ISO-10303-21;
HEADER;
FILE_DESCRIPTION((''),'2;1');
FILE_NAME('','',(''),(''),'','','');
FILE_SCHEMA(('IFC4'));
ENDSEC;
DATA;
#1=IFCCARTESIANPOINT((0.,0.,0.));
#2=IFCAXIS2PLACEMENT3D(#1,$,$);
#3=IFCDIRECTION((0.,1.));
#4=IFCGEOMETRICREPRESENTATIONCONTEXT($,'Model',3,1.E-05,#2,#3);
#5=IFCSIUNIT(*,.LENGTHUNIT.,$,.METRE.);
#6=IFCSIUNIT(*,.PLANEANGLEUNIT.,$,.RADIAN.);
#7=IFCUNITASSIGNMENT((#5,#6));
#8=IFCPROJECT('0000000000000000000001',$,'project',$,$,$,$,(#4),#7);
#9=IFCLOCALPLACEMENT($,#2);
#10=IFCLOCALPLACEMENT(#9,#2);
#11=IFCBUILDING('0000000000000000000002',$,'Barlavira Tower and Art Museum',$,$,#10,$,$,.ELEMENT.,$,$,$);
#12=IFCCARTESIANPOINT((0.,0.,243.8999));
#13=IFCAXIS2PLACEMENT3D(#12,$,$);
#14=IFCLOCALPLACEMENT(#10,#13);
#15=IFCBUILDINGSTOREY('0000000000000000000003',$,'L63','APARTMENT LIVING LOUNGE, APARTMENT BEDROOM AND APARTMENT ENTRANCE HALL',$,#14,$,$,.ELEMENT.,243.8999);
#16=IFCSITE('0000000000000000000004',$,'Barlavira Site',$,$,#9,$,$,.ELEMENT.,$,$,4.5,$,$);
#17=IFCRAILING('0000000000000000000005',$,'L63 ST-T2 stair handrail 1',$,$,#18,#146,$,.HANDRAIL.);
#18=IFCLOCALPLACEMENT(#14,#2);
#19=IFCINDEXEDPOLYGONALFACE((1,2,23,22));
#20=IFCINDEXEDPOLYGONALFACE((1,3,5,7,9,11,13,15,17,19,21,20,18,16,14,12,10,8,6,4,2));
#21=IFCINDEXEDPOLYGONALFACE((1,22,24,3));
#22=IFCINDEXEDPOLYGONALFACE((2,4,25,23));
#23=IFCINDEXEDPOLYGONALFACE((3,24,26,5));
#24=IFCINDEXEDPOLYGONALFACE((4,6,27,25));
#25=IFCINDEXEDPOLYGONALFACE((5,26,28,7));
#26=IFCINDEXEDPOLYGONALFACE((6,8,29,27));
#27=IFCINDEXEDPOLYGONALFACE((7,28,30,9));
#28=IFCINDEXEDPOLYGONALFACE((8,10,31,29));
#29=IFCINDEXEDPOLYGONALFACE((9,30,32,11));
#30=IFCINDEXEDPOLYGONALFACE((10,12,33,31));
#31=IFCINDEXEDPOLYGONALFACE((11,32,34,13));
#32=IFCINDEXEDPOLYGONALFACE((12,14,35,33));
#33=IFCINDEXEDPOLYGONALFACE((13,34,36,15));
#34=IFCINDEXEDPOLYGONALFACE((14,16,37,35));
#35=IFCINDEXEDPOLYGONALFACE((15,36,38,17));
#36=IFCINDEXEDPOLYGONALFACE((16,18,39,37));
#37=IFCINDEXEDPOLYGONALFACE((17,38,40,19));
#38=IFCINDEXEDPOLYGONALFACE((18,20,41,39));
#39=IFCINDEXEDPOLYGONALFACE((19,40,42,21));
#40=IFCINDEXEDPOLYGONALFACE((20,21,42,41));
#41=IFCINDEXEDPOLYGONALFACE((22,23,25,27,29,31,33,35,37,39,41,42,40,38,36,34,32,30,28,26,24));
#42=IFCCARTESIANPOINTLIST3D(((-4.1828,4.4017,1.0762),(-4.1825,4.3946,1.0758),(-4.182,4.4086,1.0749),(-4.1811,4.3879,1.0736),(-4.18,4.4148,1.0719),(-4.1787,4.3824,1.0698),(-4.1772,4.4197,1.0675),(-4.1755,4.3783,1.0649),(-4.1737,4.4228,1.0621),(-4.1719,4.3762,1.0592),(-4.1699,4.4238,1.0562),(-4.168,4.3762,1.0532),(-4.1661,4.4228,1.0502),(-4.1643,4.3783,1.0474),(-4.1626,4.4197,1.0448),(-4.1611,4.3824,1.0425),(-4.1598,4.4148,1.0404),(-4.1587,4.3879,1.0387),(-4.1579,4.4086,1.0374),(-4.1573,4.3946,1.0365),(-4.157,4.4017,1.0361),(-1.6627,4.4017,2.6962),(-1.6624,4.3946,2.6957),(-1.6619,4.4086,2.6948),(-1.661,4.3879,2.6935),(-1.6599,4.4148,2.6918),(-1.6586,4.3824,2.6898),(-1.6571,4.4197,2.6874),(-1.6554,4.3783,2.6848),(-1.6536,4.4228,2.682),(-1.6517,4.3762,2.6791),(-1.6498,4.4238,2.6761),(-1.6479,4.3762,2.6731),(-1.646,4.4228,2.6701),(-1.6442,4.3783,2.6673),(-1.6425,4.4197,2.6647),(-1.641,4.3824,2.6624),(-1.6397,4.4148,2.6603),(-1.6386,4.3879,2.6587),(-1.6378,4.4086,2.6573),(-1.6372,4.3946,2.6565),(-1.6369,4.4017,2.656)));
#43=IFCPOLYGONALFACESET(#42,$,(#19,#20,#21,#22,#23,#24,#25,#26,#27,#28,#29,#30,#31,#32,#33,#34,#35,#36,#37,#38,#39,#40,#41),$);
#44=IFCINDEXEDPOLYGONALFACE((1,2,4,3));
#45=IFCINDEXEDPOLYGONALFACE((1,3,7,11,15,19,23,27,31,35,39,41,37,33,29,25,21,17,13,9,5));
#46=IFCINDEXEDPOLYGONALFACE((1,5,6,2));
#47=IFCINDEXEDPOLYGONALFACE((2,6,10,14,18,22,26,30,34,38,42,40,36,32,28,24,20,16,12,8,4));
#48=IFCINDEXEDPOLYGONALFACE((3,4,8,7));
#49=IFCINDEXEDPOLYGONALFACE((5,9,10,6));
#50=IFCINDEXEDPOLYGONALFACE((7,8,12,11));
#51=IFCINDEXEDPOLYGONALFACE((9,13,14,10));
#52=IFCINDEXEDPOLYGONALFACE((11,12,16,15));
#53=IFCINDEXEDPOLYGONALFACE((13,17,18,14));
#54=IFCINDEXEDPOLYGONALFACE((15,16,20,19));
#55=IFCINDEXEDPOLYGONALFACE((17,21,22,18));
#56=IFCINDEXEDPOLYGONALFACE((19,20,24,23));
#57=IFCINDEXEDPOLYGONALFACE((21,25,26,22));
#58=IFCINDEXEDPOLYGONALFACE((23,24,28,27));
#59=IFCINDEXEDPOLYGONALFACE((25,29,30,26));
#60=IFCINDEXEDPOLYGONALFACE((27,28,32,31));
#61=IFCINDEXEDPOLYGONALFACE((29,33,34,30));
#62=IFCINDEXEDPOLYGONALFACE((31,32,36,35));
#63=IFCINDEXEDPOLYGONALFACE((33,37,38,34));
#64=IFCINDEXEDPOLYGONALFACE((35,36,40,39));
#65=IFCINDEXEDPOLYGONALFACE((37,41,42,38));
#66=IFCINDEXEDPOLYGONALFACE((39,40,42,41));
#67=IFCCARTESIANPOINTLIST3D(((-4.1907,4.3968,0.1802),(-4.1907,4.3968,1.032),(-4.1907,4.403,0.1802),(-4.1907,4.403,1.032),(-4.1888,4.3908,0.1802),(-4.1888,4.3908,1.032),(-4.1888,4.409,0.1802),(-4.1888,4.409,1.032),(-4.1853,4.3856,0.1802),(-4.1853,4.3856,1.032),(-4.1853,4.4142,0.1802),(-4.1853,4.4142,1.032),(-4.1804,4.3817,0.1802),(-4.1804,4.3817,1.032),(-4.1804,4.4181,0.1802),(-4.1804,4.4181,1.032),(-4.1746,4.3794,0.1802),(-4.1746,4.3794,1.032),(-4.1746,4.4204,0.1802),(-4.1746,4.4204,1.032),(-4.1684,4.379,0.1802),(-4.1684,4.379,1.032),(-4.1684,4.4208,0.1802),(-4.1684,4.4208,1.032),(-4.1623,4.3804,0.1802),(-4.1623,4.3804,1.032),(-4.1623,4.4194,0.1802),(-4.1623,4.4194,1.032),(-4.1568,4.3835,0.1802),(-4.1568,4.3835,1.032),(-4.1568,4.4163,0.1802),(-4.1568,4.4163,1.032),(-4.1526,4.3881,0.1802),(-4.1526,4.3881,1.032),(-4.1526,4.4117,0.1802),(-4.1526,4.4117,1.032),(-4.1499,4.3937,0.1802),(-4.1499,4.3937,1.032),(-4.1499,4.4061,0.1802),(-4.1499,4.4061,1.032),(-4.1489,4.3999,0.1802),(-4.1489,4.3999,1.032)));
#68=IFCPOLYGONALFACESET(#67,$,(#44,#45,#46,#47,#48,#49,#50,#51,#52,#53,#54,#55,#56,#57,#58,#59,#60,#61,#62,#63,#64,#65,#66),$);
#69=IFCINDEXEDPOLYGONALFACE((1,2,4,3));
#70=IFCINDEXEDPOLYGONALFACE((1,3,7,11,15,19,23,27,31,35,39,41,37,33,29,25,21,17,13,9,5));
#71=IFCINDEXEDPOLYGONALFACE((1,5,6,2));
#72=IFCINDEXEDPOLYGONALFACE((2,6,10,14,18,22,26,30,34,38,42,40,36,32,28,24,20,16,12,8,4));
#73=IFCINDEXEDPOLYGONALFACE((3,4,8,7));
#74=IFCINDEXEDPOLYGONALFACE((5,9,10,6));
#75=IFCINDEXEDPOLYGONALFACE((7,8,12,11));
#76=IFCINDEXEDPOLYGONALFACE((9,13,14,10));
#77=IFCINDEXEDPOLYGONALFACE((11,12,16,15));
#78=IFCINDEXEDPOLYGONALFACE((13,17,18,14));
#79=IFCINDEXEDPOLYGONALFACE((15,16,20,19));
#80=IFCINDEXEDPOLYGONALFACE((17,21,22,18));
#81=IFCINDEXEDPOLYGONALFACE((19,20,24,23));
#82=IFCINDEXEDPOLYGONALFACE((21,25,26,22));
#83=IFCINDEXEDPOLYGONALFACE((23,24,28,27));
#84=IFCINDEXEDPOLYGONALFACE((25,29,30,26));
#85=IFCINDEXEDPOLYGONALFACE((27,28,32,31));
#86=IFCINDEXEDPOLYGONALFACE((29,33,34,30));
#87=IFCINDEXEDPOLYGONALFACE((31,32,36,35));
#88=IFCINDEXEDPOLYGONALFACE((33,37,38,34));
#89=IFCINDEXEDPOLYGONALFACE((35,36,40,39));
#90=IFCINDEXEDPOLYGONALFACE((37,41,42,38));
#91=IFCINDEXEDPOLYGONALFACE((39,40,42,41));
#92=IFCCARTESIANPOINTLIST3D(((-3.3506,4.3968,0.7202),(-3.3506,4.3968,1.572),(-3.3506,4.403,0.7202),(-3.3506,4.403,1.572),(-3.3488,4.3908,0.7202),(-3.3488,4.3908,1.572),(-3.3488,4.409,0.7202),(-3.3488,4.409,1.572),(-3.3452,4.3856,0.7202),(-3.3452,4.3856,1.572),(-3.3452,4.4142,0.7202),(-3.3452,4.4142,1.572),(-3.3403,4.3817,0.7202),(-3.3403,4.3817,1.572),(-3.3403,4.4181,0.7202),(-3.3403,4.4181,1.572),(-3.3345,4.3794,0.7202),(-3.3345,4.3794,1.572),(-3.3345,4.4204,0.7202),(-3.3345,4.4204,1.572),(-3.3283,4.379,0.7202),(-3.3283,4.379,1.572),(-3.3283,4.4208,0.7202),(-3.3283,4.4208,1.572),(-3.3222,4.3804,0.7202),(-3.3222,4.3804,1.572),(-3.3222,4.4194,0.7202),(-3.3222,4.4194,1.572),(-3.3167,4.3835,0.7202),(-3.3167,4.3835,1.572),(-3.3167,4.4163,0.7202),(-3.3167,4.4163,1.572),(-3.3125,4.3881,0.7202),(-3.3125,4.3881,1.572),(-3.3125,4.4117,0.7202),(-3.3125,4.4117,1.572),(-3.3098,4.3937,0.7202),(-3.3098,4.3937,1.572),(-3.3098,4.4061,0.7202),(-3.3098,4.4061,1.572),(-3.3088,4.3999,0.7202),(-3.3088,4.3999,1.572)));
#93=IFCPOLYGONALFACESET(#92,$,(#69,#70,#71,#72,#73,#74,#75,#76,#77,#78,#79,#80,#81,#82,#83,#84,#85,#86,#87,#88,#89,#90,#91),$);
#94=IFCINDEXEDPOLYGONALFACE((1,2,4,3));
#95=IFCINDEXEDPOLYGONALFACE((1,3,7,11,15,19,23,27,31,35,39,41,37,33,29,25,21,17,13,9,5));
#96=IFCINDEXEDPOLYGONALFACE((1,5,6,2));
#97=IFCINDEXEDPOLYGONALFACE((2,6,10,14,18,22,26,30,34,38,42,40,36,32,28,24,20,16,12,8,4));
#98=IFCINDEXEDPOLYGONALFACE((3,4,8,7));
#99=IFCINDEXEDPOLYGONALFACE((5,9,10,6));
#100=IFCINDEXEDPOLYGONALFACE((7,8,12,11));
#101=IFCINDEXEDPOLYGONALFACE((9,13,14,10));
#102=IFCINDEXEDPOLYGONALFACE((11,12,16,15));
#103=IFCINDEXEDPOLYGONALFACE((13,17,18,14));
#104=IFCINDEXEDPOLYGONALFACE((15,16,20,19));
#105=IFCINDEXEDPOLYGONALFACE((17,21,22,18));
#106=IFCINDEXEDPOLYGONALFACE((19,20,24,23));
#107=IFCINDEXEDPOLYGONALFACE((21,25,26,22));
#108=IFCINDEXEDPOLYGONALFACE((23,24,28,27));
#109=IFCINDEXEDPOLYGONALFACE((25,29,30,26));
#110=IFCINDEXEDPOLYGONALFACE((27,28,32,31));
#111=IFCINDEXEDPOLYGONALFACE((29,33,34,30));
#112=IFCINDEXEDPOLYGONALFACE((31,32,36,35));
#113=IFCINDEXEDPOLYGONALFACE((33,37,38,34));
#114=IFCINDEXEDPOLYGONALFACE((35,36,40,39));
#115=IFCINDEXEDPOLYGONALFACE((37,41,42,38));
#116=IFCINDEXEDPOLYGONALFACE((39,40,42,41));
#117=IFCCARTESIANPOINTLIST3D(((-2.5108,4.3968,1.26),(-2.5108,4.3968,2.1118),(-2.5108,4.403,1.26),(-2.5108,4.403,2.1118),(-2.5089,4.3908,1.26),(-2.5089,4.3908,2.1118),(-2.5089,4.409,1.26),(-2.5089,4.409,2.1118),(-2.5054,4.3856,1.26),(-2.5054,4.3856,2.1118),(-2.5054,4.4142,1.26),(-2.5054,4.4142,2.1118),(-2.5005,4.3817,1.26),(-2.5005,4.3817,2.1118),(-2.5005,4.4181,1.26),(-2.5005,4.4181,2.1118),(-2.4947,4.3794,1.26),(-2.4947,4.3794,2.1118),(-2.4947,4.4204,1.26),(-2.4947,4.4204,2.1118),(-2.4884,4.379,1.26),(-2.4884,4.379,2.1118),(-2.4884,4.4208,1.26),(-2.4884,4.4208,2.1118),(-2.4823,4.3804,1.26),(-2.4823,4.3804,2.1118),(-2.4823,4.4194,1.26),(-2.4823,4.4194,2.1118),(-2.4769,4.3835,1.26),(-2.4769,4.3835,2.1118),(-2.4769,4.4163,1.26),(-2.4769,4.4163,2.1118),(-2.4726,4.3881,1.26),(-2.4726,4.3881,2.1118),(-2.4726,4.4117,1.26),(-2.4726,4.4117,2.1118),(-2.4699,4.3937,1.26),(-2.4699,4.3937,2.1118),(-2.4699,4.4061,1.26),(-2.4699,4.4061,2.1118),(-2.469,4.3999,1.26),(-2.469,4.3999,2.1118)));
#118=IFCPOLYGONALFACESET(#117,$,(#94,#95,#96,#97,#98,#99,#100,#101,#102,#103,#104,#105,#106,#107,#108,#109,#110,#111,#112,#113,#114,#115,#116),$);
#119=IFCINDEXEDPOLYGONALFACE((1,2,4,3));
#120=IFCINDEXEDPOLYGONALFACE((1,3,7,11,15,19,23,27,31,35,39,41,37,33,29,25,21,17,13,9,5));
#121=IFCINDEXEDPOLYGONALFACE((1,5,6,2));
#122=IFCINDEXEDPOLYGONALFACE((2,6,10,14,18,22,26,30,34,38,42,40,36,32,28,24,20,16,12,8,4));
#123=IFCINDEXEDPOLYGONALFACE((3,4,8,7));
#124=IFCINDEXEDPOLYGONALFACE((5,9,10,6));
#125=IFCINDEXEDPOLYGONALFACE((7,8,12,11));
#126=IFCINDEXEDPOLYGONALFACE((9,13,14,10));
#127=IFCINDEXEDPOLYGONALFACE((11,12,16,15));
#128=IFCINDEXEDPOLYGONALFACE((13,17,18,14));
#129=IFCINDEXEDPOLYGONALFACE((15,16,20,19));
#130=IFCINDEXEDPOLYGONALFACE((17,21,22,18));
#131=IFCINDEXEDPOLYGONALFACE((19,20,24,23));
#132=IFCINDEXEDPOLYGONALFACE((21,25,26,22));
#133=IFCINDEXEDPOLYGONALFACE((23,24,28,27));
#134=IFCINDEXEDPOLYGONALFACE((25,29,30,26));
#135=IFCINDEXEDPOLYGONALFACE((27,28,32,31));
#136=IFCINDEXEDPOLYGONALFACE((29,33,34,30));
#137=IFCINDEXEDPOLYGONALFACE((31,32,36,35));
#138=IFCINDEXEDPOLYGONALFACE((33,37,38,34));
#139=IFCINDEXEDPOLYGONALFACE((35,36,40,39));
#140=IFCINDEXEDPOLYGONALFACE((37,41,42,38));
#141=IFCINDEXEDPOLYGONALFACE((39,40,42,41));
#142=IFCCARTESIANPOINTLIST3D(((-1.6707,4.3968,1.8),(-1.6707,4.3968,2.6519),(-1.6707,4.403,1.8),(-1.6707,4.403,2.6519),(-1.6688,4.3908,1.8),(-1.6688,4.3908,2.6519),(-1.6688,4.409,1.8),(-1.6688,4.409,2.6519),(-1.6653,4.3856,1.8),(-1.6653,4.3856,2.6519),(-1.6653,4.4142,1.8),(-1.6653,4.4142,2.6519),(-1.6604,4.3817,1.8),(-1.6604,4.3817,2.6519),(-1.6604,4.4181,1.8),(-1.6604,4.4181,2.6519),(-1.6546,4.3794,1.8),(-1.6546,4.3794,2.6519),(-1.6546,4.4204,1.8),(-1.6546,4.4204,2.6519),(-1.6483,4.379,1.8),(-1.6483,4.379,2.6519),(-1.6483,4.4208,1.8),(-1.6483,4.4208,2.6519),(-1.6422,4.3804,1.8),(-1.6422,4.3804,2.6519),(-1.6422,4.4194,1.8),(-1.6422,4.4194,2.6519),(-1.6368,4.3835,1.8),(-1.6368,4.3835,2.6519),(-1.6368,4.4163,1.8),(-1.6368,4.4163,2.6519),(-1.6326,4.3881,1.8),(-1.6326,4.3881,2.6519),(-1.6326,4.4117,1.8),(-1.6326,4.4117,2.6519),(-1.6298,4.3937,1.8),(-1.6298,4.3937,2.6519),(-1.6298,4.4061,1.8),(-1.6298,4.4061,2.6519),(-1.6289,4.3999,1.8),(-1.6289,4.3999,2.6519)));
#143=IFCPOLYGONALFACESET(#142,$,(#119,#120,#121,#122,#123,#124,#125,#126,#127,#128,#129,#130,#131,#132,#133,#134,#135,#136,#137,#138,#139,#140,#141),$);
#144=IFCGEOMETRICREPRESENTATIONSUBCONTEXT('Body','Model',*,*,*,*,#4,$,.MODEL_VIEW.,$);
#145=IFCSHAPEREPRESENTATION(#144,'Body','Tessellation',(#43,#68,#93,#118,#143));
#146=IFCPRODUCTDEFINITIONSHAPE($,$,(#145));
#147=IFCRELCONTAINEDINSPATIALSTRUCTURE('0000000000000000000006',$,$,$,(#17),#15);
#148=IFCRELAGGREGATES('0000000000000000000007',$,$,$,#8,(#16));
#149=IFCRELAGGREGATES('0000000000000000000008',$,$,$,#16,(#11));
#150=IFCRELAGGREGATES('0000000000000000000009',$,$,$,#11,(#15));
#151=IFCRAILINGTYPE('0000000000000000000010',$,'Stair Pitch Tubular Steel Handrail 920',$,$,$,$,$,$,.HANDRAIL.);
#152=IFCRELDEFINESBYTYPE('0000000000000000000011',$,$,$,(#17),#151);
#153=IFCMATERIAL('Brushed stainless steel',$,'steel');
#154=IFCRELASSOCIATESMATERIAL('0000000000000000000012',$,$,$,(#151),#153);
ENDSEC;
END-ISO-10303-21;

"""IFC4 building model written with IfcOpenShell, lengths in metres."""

from ifc_helpers import new_model, si_unit, direction, frame, origin, origin_2d, place, context, subcontext, project, spatial, circle, extrude, material, type_object, element, save


model = new_model("IFC4")

# Units and contexts
model_context = context("Model", 3, precision=1e-05, world=origin(), true_north=direction((0.0, 1.0)))
body_context = subcontext(model_context, "Body", "Model", "MODEL_VIEW")
ifc_project = project(units=[si_unit("LENGTHUNIT", "METRE"), si_unit("PLANEANGLEUNIT", "RADIAN")], contexts=[model_context])

# Site, building, storey
site_placement = place(None, origin())
site = spatial("IfcSite", under=ifc_project, at=site_placement, Name="Barlavira Site", CompositionType="ELEMENT", RefElevation=4.5)
building_placement = place(site_placement, origin())
building = spatial("IfcBuilding", under=site, at=building_placement, Name="Barlavira Tower and Art Museum", CompositionType="ELEMENT")
storey_placement = place(building_placement, frame((0.0, 0.0, 243.8999)))
storey = spatial("IfcBuildingStorey", under=building, at=storey_placement, Name="L63", Description="APARTMENT LIVING LOUNGE, APARTMENT BEDROOM AND APARTMENT ENTRANCE HALL", CompositionType="ELEMENT", Elevation=243.8999)

# Shared definitions
ifc_material_1 = material(Name="Brushed stainless steel", Category="steel")

# Railing
railing_type_1 = type_object("IfcRailingType", Name="Stair Pitch Tubular Steel Handrail 920", PredefinedType="HANDRAIL", material=ifc_material_1)
railing_1_placement = place(storey_placement, frame((-4.1699, 4.3999, 0.1802)))
element("IfcRailing", 1, at=railing_1_placement, inside=storey, type_object=railing_type_1, Name="L63 ST-T2 stair handrail 1", PredefinedType="HANDRAIL", context=body_context, shape_type="SweptSolid", body=[
    extrude(circle(Radius=0.0239, at=origin_2d()), frame((0.0, 0.0, 0.876), z_axis=(0.8412, 0.0, 0.540725), x_axis=(0.0, 1.0, 0.0)), (0.0, 0.0, 1.0), 2.9958),
    extrude(circle(Radius=0.021, at=origin_2d()), origin(), (0.0, 0.0, 1.0), 0.8518),
    extrude(circle(Radius=0.021, at=origin_2d()), frame((0.8401, 0.0, 0.54)), (0.0, 0.0, 1.0), 0.8518),
    extrude(circle(Radius=0.021, at=origin_2d()), frame((1.6799, 0.0, 1.0798)), (0.0, 0.0, 1.0), 0.8518),
    extrude(circle(Radius=0.021, at=origin_2d()), frame((2.52, 0.0, 1.6199)), (0.0, 0.0, 1.0), 0.8518),
])

save(model, "model.ifc")
